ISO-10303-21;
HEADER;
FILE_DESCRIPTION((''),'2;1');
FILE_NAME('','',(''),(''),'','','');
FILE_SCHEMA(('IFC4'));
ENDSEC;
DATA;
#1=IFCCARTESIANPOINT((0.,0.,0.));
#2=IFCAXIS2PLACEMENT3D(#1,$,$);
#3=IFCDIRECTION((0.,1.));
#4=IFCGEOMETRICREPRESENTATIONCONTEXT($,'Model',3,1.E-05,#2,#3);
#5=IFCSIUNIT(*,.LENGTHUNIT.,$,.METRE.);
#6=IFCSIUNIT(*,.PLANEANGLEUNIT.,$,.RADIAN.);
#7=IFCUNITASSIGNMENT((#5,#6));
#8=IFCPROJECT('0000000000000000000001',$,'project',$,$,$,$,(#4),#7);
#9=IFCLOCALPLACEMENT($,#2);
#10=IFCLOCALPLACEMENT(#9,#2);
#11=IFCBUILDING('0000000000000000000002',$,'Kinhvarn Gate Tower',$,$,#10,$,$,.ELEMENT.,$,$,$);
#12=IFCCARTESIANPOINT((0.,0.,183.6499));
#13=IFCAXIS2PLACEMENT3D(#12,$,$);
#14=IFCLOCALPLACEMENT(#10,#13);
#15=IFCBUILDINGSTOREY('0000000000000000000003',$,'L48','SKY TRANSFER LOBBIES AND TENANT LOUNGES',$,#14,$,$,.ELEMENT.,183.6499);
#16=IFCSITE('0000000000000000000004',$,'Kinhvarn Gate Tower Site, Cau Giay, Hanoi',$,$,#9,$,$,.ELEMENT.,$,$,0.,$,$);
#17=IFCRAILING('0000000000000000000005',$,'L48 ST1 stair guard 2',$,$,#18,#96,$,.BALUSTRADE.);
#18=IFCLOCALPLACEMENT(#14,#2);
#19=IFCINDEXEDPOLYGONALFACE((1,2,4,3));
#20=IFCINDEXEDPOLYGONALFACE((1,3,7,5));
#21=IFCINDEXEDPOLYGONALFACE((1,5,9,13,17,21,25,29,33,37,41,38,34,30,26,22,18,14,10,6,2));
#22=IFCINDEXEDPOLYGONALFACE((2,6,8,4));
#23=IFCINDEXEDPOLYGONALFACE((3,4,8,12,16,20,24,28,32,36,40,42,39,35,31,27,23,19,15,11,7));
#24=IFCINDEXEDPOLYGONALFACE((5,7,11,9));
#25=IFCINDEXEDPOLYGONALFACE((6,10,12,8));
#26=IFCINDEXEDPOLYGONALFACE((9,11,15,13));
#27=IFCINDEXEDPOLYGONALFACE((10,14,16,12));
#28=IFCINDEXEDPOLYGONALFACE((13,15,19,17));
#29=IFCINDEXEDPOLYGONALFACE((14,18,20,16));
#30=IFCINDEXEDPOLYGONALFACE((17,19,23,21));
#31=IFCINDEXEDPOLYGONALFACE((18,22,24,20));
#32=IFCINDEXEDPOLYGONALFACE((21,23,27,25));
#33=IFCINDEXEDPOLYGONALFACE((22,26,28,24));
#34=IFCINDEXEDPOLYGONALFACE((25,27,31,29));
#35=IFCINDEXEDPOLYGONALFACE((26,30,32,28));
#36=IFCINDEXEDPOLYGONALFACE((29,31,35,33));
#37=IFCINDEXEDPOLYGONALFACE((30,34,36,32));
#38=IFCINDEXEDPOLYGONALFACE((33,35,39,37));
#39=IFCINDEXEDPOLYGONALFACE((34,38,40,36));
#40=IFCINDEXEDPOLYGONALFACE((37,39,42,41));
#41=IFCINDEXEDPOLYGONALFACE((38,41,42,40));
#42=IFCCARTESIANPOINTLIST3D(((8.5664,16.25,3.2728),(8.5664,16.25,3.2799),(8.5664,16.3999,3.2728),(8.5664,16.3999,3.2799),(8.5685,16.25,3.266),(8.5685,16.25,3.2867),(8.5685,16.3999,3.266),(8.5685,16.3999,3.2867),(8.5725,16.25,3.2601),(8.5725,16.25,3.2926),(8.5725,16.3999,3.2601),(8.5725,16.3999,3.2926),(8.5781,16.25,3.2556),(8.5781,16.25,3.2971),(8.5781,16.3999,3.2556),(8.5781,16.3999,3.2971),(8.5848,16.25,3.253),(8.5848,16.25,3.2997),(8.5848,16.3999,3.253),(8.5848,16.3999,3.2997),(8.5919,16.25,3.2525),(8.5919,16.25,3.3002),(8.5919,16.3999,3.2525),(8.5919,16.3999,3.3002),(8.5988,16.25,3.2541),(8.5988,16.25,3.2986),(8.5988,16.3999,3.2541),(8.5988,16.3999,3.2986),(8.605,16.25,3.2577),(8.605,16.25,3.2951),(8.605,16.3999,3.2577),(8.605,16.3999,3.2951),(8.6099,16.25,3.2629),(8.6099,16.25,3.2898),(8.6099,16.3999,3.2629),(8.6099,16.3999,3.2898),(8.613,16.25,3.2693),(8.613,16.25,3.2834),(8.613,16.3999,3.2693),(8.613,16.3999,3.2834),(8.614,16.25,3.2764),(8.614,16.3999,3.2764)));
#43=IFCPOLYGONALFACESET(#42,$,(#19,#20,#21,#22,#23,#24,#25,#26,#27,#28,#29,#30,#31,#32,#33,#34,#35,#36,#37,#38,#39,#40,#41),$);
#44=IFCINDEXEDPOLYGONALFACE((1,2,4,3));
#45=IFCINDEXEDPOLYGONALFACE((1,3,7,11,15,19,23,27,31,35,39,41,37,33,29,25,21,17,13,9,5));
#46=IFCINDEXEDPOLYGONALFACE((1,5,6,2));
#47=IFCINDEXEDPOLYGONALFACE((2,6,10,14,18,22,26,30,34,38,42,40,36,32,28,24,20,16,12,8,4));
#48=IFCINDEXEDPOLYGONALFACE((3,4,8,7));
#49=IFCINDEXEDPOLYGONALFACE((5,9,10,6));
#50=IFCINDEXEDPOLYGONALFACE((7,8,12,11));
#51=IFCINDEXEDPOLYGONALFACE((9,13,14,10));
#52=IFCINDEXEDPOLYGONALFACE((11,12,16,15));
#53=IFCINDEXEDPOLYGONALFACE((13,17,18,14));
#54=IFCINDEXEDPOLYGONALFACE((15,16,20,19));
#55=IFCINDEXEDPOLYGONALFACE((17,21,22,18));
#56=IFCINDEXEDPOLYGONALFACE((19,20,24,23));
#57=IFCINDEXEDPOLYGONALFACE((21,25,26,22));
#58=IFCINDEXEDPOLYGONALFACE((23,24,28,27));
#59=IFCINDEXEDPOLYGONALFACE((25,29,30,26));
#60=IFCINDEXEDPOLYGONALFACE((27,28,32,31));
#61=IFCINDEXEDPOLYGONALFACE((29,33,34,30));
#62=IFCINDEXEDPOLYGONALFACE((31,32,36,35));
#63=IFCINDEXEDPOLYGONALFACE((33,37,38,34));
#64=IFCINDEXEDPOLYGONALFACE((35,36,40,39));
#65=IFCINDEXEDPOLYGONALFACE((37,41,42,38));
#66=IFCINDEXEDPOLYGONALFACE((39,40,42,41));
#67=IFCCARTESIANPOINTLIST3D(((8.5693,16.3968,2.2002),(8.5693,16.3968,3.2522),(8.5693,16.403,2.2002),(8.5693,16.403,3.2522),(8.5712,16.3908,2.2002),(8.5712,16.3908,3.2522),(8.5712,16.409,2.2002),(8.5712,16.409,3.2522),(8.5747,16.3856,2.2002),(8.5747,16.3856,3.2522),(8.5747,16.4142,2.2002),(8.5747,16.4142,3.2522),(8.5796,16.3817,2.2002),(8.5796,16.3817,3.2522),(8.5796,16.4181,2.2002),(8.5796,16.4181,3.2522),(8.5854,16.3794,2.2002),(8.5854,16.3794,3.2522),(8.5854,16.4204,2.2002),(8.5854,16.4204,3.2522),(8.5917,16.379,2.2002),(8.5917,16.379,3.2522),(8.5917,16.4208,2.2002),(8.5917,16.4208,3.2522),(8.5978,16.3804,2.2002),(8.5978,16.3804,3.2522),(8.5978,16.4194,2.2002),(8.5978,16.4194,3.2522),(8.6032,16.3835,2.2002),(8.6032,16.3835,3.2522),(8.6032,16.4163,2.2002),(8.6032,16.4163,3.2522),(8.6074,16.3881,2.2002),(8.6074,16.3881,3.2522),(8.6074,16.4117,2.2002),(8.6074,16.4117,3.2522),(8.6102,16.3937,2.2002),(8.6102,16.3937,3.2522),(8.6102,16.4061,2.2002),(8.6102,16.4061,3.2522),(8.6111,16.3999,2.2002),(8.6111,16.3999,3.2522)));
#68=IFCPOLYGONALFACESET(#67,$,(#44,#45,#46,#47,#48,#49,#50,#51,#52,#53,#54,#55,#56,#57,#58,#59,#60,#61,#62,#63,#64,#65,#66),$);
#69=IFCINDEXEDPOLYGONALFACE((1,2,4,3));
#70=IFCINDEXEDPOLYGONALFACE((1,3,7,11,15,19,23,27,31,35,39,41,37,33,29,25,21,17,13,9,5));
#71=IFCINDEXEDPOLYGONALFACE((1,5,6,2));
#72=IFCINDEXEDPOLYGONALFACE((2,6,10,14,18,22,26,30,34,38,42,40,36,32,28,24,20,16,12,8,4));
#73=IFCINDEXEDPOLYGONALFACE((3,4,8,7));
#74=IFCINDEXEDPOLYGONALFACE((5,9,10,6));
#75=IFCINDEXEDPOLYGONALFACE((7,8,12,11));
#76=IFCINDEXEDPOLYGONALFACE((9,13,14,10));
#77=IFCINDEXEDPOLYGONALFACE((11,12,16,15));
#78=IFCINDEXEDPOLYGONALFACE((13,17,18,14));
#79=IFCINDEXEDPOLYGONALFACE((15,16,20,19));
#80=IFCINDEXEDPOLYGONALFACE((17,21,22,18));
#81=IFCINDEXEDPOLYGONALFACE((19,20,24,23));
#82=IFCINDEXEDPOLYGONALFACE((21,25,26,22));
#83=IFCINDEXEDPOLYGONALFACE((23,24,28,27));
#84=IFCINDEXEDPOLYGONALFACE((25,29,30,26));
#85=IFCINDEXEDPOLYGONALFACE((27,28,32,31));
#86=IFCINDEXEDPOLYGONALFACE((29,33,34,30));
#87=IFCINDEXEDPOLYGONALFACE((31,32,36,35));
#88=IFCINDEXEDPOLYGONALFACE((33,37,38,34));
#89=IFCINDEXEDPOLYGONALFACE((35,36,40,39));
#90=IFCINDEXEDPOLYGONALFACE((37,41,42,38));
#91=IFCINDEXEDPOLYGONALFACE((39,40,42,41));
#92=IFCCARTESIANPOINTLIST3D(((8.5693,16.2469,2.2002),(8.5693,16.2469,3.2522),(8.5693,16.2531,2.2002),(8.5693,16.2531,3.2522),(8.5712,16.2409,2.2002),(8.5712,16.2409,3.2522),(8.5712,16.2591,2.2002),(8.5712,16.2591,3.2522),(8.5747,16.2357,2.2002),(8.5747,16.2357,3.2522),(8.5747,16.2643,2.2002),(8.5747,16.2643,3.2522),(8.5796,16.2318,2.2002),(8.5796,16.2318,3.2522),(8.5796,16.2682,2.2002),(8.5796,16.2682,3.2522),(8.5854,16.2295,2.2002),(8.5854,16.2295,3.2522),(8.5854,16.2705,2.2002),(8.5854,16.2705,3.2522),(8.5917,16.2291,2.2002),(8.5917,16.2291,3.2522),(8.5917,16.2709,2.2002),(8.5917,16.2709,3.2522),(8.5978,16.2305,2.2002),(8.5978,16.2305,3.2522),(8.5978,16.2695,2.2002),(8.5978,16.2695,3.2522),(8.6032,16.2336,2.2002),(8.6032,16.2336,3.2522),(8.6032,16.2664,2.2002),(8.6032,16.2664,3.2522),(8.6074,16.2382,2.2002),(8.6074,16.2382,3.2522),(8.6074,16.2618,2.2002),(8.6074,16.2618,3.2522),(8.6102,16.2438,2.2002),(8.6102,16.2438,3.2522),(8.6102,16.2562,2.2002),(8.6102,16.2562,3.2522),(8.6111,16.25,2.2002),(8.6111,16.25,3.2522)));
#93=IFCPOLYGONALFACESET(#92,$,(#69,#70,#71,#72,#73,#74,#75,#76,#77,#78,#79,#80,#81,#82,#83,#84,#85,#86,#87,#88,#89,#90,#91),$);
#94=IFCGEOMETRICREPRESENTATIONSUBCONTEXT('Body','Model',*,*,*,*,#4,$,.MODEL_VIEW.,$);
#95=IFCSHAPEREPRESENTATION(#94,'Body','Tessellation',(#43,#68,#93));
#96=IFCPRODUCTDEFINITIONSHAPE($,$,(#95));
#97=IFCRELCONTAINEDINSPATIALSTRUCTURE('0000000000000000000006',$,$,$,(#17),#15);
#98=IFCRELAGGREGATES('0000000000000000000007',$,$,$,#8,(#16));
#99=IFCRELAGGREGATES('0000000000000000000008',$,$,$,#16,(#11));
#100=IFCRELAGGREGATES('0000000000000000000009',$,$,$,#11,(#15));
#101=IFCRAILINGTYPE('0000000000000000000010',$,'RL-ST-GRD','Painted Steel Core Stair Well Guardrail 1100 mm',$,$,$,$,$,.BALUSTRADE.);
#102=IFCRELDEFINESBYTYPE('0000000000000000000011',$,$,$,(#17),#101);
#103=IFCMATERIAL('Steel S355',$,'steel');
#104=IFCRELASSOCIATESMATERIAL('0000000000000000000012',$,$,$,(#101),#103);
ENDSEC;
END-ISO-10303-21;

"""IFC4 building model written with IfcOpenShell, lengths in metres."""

from ifc_helpers import new_model, si_unit, direction, frame, origin, origin_2d, place, context, subcontext, project, spatial, circle, extrude, material, type_object, element, save


model = new_model("IFC4")

# Units and contexts
model_context = context("Model", 3, precision=1e-05, world=origin(), true_north=direction((0.0, 1.0)))
body_context = subcontext(model_context, "Body", "Model", "MODEL_VIEW")
ifc_project = project(units=[si_unit("LENGTHUNIT", "METRE"), si_unit("PLANEANGLEUNIT", "RADIAN")], contexts=[model_context])

# Site, building, storey
site_placement = place(None, origin())
site = spatial("IfcSite", under=ifc_project, at=site_placement, Name="Kinhvarn Gate Tower Site, Cau Giay, Hanoi", CompositionType="ELEMENT", RefElevation=0.0)
building_placement = place(site_placement, origin())
building = spatial("IfcBuilding", under=site, at=building_placement, Name="Kinhvarn Gate Tower", CompositionType="ELEMENT")
storey_placement = place(building_placement, frame((0.0, 0.0, 183.6499)))
storey = spatial("IfcBuildingStorey", under=building, at=storey_placement, Name="L48", Description="SKY TRANSFER LOBBIES AND TENANT LOUNGES", CompositionType="ELEMENT", Elevation=183.6499)

# Shared definitions
ifc_material_1 = material(Name="Steel S355", Category="steel")

# Railing
railing_type_1 = type_object("IfcRailingType", Name="RL-ST-GRD", Description="Painted Steel Core Stair Well Guardrail 1100 mm", PredefinedType="BALUSTRADE", material=ifc_material_1)
railing_1_placement = place(storey_placement, frame((8.5901, 16.3999, 2.2002)))
element("IfcRailing", 1, at=railing_1_placement, inside=storey, type_object=railing_type_1, Name="L48 ST1 stair guard 2", PredefinedType="BALUSTRADE", context=body_context, shape_type="SweptSolid", body=[
    extrude(circle(Radius=0.0239, at=origin_2d()), frame((0.0, 0.0, 1.0762), z_axis=(0.0, -1.0, 0.0), x_axis=(1.0, 0.0, 0.0)), (0.0, 0.0, 1.0), 0.1499),
    extrude(circle(Radius=0.021, at=origin_2d()), origin(), (0.0, 0.0, 1.0), 1.052),
    extrude(circle(Radius=0.021, at=origin_2d()), frame((0.0, -0.1499, 0.0)), (0.0, 0.0, 1.0), 1.052),
])

save(model, "model.ifc")
